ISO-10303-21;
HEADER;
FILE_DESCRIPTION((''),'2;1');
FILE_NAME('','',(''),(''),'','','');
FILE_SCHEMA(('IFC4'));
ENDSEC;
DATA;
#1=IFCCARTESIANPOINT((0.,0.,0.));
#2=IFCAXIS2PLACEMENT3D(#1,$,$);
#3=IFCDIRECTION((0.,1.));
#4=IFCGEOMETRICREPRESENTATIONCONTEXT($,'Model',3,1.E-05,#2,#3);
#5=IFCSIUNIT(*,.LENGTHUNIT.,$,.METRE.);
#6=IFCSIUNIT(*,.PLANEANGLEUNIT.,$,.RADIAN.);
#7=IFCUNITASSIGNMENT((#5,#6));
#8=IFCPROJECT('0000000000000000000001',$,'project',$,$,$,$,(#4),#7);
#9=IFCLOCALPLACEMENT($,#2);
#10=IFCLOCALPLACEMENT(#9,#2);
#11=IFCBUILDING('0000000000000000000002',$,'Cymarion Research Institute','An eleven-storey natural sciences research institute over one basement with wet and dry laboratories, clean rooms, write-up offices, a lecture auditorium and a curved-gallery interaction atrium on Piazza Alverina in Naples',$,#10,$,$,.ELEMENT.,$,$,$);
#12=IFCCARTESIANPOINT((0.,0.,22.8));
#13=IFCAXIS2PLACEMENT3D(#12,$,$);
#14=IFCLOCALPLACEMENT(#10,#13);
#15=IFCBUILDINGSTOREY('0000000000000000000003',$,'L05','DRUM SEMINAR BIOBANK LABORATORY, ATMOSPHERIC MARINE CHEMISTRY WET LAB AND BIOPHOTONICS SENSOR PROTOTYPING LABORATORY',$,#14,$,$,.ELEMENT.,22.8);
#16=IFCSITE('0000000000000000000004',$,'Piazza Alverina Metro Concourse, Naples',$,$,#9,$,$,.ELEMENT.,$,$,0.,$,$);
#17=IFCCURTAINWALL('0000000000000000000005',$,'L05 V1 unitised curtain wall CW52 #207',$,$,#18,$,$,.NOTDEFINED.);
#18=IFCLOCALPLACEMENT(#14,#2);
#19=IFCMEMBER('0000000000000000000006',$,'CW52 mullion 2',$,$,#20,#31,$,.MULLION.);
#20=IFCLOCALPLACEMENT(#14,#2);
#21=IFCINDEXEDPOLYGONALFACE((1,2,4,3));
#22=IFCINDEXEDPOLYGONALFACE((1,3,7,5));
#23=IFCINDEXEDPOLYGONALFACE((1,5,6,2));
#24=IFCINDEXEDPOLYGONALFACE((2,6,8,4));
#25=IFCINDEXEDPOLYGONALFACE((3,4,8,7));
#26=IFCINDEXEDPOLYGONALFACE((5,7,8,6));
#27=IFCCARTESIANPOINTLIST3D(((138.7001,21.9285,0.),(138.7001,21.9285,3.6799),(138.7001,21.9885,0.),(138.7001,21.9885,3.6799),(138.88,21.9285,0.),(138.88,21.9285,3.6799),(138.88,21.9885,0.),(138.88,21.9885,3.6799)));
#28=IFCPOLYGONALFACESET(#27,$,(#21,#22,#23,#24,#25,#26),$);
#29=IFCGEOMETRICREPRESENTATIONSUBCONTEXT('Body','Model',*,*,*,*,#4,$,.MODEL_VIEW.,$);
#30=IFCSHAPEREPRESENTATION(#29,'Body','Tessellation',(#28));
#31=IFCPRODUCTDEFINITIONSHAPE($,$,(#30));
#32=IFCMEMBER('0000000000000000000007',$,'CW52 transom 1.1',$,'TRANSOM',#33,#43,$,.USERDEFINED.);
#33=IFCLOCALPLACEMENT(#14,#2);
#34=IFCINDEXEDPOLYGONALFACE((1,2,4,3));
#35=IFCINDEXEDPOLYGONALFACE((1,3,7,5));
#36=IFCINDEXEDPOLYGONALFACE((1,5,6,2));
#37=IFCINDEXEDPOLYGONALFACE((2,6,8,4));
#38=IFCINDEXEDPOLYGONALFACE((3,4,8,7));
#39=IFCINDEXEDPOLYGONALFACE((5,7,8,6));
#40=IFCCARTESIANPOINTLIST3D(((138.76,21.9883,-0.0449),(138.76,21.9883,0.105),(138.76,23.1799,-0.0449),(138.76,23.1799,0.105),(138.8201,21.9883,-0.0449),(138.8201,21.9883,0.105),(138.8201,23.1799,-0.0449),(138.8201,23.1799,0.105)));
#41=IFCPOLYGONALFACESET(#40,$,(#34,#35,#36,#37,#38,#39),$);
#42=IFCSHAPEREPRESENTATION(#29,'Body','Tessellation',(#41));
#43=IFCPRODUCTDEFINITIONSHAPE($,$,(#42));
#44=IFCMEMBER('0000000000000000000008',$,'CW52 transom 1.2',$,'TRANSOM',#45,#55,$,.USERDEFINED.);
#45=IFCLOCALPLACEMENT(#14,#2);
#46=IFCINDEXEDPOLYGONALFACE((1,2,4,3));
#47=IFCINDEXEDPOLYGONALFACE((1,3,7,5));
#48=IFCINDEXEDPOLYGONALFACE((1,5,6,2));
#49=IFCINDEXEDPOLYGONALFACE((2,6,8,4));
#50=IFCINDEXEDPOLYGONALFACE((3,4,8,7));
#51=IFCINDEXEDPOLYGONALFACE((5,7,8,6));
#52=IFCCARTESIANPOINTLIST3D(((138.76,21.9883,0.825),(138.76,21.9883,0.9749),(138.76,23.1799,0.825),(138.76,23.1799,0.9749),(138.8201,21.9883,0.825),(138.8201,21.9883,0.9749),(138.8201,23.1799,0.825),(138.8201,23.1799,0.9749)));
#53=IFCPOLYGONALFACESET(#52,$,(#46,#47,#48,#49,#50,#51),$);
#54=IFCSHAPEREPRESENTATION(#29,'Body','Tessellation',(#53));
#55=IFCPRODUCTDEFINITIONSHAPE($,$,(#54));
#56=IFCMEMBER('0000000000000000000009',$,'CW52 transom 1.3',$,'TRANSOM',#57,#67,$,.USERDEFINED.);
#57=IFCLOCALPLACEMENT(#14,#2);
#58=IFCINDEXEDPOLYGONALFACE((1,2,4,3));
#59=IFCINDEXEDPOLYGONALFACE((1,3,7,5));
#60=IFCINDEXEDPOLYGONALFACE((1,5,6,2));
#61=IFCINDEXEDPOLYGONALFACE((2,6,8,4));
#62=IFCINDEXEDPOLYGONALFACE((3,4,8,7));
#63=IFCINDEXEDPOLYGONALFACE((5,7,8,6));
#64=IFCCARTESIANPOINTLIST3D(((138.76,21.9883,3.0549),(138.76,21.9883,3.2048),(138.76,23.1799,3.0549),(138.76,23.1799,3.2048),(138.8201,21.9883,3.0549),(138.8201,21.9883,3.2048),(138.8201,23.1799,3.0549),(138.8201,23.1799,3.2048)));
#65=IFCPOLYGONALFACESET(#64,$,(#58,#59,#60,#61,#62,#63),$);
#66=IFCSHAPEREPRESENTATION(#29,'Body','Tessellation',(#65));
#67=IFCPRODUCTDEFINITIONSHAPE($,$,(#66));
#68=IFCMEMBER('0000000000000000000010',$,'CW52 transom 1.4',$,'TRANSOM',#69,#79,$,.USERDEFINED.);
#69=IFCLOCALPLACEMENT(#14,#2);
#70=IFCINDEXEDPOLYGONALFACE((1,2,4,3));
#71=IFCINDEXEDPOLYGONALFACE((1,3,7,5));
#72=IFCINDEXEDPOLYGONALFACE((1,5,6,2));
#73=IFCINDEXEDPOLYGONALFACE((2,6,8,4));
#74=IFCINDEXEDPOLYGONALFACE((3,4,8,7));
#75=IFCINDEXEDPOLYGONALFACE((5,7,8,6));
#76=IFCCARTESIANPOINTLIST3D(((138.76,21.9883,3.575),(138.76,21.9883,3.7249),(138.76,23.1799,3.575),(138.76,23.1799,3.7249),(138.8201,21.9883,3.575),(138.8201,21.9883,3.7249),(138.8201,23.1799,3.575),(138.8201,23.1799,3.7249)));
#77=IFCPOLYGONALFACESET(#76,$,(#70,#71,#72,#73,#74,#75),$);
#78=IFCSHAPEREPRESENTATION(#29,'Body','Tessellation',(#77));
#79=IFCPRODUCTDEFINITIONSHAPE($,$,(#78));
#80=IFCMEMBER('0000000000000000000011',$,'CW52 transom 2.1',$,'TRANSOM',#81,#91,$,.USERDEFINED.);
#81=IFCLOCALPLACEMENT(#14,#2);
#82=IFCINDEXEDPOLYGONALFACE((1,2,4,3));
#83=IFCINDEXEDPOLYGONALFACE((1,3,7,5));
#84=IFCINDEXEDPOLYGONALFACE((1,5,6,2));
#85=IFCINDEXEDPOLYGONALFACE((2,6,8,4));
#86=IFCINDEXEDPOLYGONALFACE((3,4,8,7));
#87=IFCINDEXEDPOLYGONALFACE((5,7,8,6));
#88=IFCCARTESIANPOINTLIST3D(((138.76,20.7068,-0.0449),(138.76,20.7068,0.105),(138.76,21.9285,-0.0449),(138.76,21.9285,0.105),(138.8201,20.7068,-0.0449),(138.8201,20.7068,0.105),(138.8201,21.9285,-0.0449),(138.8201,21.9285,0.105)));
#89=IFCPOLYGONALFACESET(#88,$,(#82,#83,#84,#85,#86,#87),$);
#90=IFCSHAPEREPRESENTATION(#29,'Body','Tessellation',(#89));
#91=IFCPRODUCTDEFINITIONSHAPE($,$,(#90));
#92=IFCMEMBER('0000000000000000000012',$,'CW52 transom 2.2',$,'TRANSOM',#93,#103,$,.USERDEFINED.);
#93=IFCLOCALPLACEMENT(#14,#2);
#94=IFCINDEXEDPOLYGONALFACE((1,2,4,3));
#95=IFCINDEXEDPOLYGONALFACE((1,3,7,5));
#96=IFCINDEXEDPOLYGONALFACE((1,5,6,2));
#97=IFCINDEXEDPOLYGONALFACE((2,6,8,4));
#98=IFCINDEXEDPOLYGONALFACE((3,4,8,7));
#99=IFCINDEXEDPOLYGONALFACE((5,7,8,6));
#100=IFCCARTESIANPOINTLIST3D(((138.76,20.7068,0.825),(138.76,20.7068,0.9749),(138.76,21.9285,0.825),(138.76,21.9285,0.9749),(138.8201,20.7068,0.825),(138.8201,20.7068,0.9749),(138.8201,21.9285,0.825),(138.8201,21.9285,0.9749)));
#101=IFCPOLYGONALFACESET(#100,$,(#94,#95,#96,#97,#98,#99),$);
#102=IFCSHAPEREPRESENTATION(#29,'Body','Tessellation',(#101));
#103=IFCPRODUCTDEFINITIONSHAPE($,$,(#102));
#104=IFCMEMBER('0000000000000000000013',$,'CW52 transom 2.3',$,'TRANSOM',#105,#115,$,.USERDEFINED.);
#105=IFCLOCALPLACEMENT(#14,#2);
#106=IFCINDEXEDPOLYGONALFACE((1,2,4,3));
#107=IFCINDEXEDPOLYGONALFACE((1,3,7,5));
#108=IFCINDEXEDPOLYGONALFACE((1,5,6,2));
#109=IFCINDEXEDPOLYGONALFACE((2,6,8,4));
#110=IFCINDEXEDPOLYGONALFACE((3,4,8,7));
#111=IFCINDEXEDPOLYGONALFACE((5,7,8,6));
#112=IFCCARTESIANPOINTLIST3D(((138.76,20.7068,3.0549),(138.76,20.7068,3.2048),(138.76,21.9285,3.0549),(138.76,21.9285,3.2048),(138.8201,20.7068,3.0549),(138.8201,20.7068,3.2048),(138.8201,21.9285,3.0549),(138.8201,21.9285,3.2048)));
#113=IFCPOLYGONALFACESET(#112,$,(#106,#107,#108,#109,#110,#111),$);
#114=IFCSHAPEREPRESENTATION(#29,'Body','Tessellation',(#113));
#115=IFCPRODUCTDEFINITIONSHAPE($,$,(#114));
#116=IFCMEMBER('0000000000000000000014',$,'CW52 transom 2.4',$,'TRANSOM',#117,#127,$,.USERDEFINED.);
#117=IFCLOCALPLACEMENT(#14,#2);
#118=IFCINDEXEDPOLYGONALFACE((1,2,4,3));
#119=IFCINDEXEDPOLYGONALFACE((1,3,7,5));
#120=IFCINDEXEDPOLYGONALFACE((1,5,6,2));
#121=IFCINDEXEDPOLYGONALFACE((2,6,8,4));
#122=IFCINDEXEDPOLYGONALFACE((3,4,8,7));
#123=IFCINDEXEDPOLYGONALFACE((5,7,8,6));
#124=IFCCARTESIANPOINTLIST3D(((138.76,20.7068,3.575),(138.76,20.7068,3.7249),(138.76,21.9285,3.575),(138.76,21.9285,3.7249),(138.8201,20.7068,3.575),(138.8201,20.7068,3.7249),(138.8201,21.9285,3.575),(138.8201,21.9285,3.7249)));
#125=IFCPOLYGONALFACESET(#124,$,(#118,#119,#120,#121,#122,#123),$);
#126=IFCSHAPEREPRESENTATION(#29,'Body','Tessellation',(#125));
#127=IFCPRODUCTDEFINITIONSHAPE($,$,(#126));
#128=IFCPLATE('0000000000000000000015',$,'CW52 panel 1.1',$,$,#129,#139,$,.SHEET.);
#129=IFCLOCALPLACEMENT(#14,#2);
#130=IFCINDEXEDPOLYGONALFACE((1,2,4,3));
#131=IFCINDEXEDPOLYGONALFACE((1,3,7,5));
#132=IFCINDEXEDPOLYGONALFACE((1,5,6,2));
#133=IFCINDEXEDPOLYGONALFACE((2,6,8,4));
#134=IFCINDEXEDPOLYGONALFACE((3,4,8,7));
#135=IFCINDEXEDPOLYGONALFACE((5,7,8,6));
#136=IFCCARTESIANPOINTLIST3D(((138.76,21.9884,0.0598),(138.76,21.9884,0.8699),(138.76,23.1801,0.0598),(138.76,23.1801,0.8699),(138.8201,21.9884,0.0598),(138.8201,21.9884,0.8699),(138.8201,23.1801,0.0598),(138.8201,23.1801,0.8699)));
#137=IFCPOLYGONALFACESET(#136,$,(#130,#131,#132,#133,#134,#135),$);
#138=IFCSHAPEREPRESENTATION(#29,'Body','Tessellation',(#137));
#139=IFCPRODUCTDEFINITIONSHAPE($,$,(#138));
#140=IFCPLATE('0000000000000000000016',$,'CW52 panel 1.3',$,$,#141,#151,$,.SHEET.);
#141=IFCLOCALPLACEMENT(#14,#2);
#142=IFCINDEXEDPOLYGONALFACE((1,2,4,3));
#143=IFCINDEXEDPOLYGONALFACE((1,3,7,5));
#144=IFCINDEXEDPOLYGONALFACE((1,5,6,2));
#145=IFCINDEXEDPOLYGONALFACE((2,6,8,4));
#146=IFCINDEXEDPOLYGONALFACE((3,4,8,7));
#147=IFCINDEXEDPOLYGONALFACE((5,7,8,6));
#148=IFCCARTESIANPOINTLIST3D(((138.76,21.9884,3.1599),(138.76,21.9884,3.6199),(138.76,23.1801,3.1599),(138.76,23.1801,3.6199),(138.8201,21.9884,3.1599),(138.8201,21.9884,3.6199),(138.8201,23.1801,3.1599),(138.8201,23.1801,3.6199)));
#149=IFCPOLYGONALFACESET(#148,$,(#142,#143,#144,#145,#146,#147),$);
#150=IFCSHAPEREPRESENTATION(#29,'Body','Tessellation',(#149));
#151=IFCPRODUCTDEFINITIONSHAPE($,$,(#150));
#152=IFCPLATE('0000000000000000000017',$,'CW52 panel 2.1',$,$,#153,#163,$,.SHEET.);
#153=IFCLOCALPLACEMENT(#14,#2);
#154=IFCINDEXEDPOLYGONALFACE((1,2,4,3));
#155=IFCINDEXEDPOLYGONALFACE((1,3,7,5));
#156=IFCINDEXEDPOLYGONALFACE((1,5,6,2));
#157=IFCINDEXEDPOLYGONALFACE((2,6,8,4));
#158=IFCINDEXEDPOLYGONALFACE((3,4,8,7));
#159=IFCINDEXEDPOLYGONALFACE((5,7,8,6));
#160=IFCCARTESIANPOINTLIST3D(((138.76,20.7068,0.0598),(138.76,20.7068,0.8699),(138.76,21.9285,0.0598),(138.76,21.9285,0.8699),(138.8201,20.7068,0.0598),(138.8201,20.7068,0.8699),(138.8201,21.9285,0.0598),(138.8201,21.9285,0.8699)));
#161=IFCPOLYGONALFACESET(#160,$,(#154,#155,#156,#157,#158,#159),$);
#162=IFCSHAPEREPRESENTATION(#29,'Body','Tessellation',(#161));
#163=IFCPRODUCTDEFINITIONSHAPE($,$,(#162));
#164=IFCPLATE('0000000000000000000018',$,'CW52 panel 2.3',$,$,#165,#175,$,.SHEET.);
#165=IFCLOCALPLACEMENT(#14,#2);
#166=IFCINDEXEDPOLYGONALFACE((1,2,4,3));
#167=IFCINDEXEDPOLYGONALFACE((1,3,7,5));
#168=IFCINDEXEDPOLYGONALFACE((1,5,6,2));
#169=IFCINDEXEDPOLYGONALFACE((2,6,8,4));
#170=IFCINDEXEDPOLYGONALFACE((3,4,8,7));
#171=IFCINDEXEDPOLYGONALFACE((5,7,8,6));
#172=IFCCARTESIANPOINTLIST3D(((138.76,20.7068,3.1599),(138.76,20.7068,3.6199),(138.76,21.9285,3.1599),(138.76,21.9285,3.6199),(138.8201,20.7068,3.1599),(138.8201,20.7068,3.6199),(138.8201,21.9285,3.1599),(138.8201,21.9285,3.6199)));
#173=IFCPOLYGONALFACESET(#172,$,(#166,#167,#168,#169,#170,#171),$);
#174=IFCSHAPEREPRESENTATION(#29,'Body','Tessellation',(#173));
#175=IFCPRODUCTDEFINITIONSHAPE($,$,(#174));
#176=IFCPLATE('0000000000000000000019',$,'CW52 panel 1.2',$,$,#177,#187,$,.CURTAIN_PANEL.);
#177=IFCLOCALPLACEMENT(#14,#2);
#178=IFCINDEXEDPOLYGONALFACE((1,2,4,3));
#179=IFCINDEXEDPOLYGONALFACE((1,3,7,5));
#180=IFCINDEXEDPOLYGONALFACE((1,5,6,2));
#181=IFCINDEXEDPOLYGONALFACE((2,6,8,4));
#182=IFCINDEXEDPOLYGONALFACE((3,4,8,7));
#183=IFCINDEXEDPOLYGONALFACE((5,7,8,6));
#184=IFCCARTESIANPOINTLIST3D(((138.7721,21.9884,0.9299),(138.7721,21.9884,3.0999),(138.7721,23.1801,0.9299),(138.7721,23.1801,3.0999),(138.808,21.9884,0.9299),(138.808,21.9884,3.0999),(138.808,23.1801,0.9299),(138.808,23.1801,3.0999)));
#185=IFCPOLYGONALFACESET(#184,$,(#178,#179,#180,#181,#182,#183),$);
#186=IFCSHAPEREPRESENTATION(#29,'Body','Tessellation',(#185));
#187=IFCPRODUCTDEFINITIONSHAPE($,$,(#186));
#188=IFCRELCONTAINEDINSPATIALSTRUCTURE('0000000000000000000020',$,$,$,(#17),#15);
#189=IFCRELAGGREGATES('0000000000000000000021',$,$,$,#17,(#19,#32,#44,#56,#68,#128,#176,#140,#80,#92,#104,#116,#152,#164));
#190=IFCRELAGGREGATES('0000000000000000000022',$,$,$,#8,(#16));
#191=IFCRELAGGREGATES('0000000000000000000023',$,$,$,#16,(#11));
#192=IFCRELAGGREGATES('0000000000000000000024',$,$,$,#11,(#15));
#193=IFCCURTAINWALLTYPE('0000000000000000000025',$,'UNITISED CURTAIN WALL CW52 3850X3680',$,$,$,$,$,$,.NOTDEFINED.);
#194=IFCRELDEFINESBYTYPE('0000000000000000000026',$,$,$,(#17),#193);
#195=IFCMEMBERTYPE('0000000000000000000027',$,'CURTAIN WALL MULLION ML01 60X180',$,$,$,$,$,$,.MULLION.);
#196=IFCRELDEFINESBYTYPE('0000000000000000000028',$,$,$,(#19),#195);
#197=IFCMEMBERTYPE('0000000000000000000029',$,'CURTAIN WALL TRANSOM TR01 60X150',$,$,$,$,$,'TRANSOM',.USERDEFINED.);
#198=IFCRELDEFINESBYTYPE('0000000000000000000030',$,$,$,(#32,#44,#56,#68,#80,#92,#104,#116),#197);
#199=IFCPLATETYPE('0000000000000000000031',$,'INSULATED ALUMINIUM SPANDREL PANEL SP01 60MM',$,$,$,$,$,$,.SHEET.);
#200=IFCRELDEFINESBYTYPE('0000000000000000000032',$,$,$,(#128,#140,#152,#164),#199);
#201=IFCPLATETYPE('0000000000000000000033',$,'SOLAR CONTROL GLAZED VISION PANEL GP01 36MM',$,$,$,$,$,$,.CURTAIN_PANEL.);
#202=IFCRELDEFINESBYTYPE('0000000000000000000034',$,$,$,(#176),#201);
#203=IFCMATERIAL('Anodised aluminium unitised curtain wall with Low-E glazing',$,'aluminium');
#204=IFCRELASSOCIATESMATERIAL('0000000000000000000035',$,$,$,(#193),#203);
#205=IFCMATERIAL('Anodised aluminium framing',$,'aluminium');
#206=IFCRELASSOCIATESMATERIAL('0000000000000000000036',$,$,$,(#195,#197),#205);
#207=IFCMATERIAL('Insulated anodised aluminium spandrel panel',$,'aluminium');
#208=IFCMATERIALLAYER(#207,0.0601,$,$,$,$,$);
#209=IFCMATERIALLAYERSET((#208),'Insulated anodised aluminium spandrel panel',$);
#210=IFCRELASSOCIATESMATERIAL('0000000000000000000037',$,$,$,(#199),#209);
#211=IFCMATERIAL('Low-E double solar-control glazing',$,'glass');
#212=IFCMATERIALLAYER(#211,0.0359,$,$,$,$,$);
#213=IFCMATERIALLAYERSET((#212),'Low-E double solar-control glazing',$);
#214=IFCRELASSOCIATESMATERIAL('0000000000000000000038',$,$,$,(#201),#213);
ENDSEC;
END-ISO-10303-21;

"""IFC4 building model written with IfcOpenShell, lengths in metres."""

from ifc_helpers import new_model, si_unit, direction, frame, origin, origin_2d, place, context, subcontext, project, spatial, rectangle, extrude, material, layer, layer_set, material_profile, profile_set, type_object, element, aggregate, save


model = new_model("IFC4")

# Units and contexts
model_context = context("Model", 3, precision=1e-05, world=origin(), true_north=direction((0.0, 1.0)))
body_context = subcontext(model_context, "Body", "Model", "MODEL_VIEW")
ifc_project = project(units=[si_unit("LENGTHUNIT", "METRE"), si_unit("PLANEANGLEUNIT", "RADIAN")], contexts=[model_context])

# Site, building, storey
site_placement = place(None, origin())
site = spatial("IfcSite", under=ifc_project, at=site_placement, Name="Piazza Alverina Metro Concourse, Naples", CompositionType="ELEMENT", RefElevation=0.0)
building_placement = place(site_placement, origin())
building = spatial("IfcBuilding", under=site, at=building_placement, Name="Cymarion Research Institute", Description="An eleven-storey natural sciences research institute over one basement with wet and dry laboratories, clean rooms, write-up offices, a lecture auditorium and a curved-gallery interaction atrium on Piazza Alverina in Naples", CompositionType="ELEMENT")
storey_placement = place(building_placement, frame((0.0, 0.0, 22.8)))
storey = spatial("IfcBuildingStorey", under=building, at=storey_placement, Name="L05", Description="DRUM SEMINAR BIOBANK LABORATORY, ATMOSPHERIC MARINE CHEMISTRY WET LAB AND BIOPHOTONICS SENSOR PROTOTYPING LABORATORY", CompositionType="ELEMENT", Elevation=22.8)

# Curtain wall, members, plates
ifc_material_1 = material(Name="Anodised aluminium unitised curtain wall with Low-E glazing", Category="aluminium")
curtain_wall_type = type_object("IfcCurtainWallType", Name="UNITISED CURTAIN WALL CW52 3850X3680", PredefinedType="NOTDEFINED", material=ifc_material_1)
curtain_wall_placement = place(storey_placement, origin())
curtain_wall = element("IfcCurtainWall", 1, at=curtain_wall_placement, inside=storey, type_object=curtain_wall_type, Name="L05 V1 unitised curtain wall CW52 #207", PredefinedType="NOTDEFINED")
ifc_material_2 = material(Name="Anodised aluminium framing", Category="aluminium")
ifc_material_profile_1 = material_profile(ifc_material_2, rectangle(XDim=0.0601, YDim=0.1799, at=origin_2d()), Name="ALU MULLION 60x180")
ifc_profile_set_1 = profile_set([ifc_material_profile_1], Name="Anodised aluminium framing")
member_type_1 = type_object("IfcMemberType", Name="CURTAIN WALL MULLION ML01 60X180", PredefinedType="MULLION", material=ifc_profile_set_1)
member_1_placement = place(storey_placement, frame((138.79, 21.9585, 0.0), z_axis=(0.0, 0.0, 1.0), x_axis=(0.0, -1.0, 0.0)))
member_1 = element("IfcMember", 2, at=member_1_placement, type_object=member_type_1, Name="CW52 mullion 2", PredefinedType="MULLION", context=body_context, shape_type="SweptSolid", body=[
    extrude(rectangle(XDim=0.0601, YDim=0.1799, at=origin_2d()), origin(), (0.0, 0.0, 1.0), 3.6799),
])
ifc_material_profile_2 = material_profile(ifc_material_2, rectangle(XDim=0.0601, YDim=0.1499, at=origin_2d()), Name="ALU TRANSOM 60x150")
ifc_profile_set_2 = profile_set([ifc_material_profile_2], Name="Anodised aluminium framing")
member_type_2 = type_object("IfcMemberType", Name="CURTAIN WALL TRANSOM TR01 60X150", ElementType="TRANSOM", PredefinedType="USERDEFINED", material=ifc_profile_set_2)
member_2_placement = place(storey_placement, frame((138.79, 23.1799, 0.03), z_axis=(0.0, -1.0, 0.0), x_axis=(1.0, 0.0, 0.0)))
member_2 = element("IfcMember", 3, at=member_2_placement, type_object=member_type_2, Name="CW52 transom 1.1", ObjectType="TRANSOM", PredefinedType="USERDEFINED", context=body_context, shape_type="SweptSolid", body=[
    extrude(rectangle(XDim=0.0601, YDim=0.1499, at=origin_2d()), origin(), (0.0, 0.0, 1.0), 1.1917),
])
member_3_placement = place(storey_placement, frame((138.79, 23.1799, 0.8999), z_axis=(0.0, -1.0, 0.0), x_axis=(1.0, 0.0, 0.0)))
member_3 = element("IfcMember", 4, at=member_3_placement, type_object=member_type_2, Name="CW52 transom 1.2", ObjectType="TRANSOM", PredefinedType="USERDEFINED", context=body_context, shape_type="SweptSolid", body=[
    extrude(rectangle(XDim=0.0601, YDim=0.1499, at=origin_2d()), origin(), (0.0, 0.0, 1.0), 1.1917),
])
member_4_placement = place(storey_placement, frame((138.79, 23.1799, 3.1299), z_axis=(0.0, -1.0, 0.0), x_axis=(1.0, 0.0, 0.0)))
member_4 = element("IfcMember", 5, at=member_4_placement, type_object=member_type_2, Name="CW52 transom 1.3", ObjectType="TRANSOM", PredefinedType="USERDEFINED", context=body_context, shape_type="SweptSolid", body=[
    extrude(rectangle(XDim=0.0601, YDim=0.1499, at=origin_2d()), origin(), (0.0, 0.0, 1.0), 1.1917),
])
member_5_placement = place(storey_placement, frame((138.79, 23.1799, 3.6499), z_axis=(0.0, -1.0, 0.0), x_axis=(1.0, 0.0, 0.0)))
member_5 = element("IfcMember", 6, at=member_5_placement, type_object=member_type_2, Name="CW52 transom 1.4", ObjectType="TRANSOM", PredefinedType="USERDEFINED", context=body_context, shape_type="SweptSolid", body=[
    extrude(rectangle(XDim=0.0601, YDim=0.1499, at=origin_2d()), origin(), (0.0, 0.0, 1.0), 1.1917),
])
member_6_placement = place(storey_placement, frame((138.79, 21.9285, 0.03), z_axis=(0.0, -1.0, 0.0), x_axis=(1.0, 0.0, 0.0)))
member_6 = element("IfcMember", 7, at=member_6_placement, type_object=member_type_2, Name="CW52 transom 2.1", ObjectType="TRANSOM", PredefinedType="USERDEFINED", context=body_context, shape_type="SweptSolid", body=[
    extrude(rectangle(XDim=0.0601, YDim=0.1499, at=origin_2d()), origin(), (0.0, 0.0, 1.0), 1.2217),
])
member_7_placement = place(storey_placement, frame((138.79, 21.9285, 0.8999), z_axis=(0.0, -1.0, 0.0), x_axis=(1.0, 0.0, 0.0)))
member_7 = element("IfcMember", 8, at=member_7_placement, type_object=member_type_2, Name="CW52 transom 2.2", ObjectType="TRANSOM", PredefinedType="USERDEFINED", context=body_context, shape_type="SweptSolid", body=[
    extrude(rectangle(XDim=0.0601, YDim=0.1499, at=origin_2d()), origin(), (0.0, 0.0, 1.0), 1.2217),
])
member_8_placement = place(storey_placement, frame((138.79, 21.9285, 3.1299), z_axis=(0.0, -1.0, 0.0), x_axis=(1.0, 0.0, 0.0)))
member_8 = element("IfcMember", 9, at=member_8_placement, type_object=member_type_2, Name="CW52 transom 2.3", ObjectType="TRANSOM", PredefinedType="USERDEFINED", context=body_context, shape_type="SweptSolid", body=[
    extrude(rectangle(XDim=0.0601, YDim=0.1499, at=origin_2d()), origin(), (0.0, 0.0, 1.0), 1.2217),
])
member_9_placement = place(storey_placement, frame((138.79, 21.9285, 3.6499), z_axis=(0.0, -1.0, 0.0), x_axis=(1.0, 0.0, 0.0)))
member_9 = element("IfcMember", 10, at=member_9_placement, type_object=member_type_2, Name="CW52 transom 2.4", ObjectType="TRANSOM", PredefinedType="USERDEFINED", context=body_context, shape_type="SweptSolid", body=[
    extrude(rectangle(XDim=0.0601, YDim=0.1499, at=origin_2d()), origin(), (0.0, 0.0, 1.0), 1.2217),
])
ifc_material_3 = material(Name="Insulated anodised aluminium spandrel panel", Category="aluminium")
ifc_layer_1 = layer(ifc_material_3, 0.0601)
ifc_layer_set_1 = layer_set([ifc_layer_1], Name="Insulated anodised aluminium spandrel panel")
plate_type_1 = type_object("IfcPlateType", Name="INSULATED ALUMINIUM SPANDREL PANEL SP01 60MM", PredefinedType="SHEET", material=ifc_layer_set_1)
plate_1_placement = place(storey_placement, frame((138.79, 22.5842, 0.0598), z_axis=(0.0, 0.0, 1.0), x_axis=(0.0, -1.0, 0.0)))
plate_1 = element("IfcPlate", 11, at=plate_1_placement, type_object=plate_type_1, Name="CW52 panel 1.1", PredefinedType="SHEET", context=body_context, shape_type="SweptSolid", body=[
    extrude(rectangle(XDim=1.1917, YDim=0.0601, at=origin_2d()), origin(), (0.0, 0.0, 1.0), 0.8101),
])
plate_2_placement = place(storey_placement, frame((138.79, 22.5842, 3.1599), z_axis=(0.0, 0.0, 1.0), x_axis=(0.0, -1.0, 0.0)))
plate_2 = element("IfcPlate", 12, at=plate_2_placement, type_object=plate_type_1, Name="CW52 panel 1.3", PredefinedType="SHEET", context=body_context, shape_type="SweptSolid", body=[
    extrude(rectangle(XDim=1.1917, YDim=0.0601, at=origin_2d()), origin(), (0.0, 0.0, 1.0), 0.46),
])
plate_3_placement = place(storey_placement, frame((138.79, 21.3176, 0.0598), z_axis=(0.0, 0.0, 1.0), x_axis=(0.0, -1.0, 0.0)))
plate_3 = element("IfcPlate", 13, at=plate_3_placement, type_object=plate_type_1, Name="CW52 panel 2.1", PredefinedType="SHEET", context=body_context, shape_type="SweptSolid", body=[
    extrude(rectangle(XDim=1.2217, YDim=0.0601, at=origin_2d()), origin(), (0.0, 0.0, 1.0), 0.8101),
])
plate_4_placement = place(storey_placement, frame((138.79, 21.3176, 3.1599), z_axis=(0.0, 0.0, 1.0), x_axis=(0.0, -1.0, 0.0)))
plate_4 = element("IfcPlate", 14, at=plate_4_placement, type_object=plate_type_1, Name="CW52 panel 2.3", PredefinedType="SHEET", context=body_context, shape_type="SweptSolid", body=[
    extrude(rectangle(XDim=1.2217, YDim=0.0601, at=origin_2d()), origin(), (0.0, 0.0, 1.0), 0.46),
])
ifc_material_4 = material(Name="Low-E double solar-control glazing", Category="glass")
ifc_layer_2 = layer(ifc_material_4, 0.0359)
ifc_layer_set_2 = layer_set([ifc_layer_2], Name="Low-E double solar-control glazing")
plate_type_2 = type_object("IfcPlateType", Name="SOLAR CONTROL GLAZED VISION PANEL GP01 36MM", PredefinedType="CURTAIN_PANEL", material=ifc_layer_set_2)
plate_5_placement = place(storey_placement, frame((138.79, 22.5842, 0.9299), z_axis=(0.0, 0.0, 1.0), x_axis=(0.0, -1.0, 0.0)))
plate_5 = element("IfcPlate", 15, at=plate_5_placement, type_object=plate_type_2, Name="CW52 panel 1.2", PredefinedType="CURTAIN_PANEL", context=body_context, shape_type="SweptSolid", body=[
    extrude(rectangle(XDim=1.1917, YDim=0.0359, at=origin_2d()), origin(), (0.0, 0.0, 1.0), 2.1699),
])
aggregate(curtain_wall, [member_1, member_2, member_3, member_4, member_5, plate_1, plate_5, plate_2, member_6, member_7, member_8, member_9, plate_3, plate_4])

save(model, "model.ifc")
